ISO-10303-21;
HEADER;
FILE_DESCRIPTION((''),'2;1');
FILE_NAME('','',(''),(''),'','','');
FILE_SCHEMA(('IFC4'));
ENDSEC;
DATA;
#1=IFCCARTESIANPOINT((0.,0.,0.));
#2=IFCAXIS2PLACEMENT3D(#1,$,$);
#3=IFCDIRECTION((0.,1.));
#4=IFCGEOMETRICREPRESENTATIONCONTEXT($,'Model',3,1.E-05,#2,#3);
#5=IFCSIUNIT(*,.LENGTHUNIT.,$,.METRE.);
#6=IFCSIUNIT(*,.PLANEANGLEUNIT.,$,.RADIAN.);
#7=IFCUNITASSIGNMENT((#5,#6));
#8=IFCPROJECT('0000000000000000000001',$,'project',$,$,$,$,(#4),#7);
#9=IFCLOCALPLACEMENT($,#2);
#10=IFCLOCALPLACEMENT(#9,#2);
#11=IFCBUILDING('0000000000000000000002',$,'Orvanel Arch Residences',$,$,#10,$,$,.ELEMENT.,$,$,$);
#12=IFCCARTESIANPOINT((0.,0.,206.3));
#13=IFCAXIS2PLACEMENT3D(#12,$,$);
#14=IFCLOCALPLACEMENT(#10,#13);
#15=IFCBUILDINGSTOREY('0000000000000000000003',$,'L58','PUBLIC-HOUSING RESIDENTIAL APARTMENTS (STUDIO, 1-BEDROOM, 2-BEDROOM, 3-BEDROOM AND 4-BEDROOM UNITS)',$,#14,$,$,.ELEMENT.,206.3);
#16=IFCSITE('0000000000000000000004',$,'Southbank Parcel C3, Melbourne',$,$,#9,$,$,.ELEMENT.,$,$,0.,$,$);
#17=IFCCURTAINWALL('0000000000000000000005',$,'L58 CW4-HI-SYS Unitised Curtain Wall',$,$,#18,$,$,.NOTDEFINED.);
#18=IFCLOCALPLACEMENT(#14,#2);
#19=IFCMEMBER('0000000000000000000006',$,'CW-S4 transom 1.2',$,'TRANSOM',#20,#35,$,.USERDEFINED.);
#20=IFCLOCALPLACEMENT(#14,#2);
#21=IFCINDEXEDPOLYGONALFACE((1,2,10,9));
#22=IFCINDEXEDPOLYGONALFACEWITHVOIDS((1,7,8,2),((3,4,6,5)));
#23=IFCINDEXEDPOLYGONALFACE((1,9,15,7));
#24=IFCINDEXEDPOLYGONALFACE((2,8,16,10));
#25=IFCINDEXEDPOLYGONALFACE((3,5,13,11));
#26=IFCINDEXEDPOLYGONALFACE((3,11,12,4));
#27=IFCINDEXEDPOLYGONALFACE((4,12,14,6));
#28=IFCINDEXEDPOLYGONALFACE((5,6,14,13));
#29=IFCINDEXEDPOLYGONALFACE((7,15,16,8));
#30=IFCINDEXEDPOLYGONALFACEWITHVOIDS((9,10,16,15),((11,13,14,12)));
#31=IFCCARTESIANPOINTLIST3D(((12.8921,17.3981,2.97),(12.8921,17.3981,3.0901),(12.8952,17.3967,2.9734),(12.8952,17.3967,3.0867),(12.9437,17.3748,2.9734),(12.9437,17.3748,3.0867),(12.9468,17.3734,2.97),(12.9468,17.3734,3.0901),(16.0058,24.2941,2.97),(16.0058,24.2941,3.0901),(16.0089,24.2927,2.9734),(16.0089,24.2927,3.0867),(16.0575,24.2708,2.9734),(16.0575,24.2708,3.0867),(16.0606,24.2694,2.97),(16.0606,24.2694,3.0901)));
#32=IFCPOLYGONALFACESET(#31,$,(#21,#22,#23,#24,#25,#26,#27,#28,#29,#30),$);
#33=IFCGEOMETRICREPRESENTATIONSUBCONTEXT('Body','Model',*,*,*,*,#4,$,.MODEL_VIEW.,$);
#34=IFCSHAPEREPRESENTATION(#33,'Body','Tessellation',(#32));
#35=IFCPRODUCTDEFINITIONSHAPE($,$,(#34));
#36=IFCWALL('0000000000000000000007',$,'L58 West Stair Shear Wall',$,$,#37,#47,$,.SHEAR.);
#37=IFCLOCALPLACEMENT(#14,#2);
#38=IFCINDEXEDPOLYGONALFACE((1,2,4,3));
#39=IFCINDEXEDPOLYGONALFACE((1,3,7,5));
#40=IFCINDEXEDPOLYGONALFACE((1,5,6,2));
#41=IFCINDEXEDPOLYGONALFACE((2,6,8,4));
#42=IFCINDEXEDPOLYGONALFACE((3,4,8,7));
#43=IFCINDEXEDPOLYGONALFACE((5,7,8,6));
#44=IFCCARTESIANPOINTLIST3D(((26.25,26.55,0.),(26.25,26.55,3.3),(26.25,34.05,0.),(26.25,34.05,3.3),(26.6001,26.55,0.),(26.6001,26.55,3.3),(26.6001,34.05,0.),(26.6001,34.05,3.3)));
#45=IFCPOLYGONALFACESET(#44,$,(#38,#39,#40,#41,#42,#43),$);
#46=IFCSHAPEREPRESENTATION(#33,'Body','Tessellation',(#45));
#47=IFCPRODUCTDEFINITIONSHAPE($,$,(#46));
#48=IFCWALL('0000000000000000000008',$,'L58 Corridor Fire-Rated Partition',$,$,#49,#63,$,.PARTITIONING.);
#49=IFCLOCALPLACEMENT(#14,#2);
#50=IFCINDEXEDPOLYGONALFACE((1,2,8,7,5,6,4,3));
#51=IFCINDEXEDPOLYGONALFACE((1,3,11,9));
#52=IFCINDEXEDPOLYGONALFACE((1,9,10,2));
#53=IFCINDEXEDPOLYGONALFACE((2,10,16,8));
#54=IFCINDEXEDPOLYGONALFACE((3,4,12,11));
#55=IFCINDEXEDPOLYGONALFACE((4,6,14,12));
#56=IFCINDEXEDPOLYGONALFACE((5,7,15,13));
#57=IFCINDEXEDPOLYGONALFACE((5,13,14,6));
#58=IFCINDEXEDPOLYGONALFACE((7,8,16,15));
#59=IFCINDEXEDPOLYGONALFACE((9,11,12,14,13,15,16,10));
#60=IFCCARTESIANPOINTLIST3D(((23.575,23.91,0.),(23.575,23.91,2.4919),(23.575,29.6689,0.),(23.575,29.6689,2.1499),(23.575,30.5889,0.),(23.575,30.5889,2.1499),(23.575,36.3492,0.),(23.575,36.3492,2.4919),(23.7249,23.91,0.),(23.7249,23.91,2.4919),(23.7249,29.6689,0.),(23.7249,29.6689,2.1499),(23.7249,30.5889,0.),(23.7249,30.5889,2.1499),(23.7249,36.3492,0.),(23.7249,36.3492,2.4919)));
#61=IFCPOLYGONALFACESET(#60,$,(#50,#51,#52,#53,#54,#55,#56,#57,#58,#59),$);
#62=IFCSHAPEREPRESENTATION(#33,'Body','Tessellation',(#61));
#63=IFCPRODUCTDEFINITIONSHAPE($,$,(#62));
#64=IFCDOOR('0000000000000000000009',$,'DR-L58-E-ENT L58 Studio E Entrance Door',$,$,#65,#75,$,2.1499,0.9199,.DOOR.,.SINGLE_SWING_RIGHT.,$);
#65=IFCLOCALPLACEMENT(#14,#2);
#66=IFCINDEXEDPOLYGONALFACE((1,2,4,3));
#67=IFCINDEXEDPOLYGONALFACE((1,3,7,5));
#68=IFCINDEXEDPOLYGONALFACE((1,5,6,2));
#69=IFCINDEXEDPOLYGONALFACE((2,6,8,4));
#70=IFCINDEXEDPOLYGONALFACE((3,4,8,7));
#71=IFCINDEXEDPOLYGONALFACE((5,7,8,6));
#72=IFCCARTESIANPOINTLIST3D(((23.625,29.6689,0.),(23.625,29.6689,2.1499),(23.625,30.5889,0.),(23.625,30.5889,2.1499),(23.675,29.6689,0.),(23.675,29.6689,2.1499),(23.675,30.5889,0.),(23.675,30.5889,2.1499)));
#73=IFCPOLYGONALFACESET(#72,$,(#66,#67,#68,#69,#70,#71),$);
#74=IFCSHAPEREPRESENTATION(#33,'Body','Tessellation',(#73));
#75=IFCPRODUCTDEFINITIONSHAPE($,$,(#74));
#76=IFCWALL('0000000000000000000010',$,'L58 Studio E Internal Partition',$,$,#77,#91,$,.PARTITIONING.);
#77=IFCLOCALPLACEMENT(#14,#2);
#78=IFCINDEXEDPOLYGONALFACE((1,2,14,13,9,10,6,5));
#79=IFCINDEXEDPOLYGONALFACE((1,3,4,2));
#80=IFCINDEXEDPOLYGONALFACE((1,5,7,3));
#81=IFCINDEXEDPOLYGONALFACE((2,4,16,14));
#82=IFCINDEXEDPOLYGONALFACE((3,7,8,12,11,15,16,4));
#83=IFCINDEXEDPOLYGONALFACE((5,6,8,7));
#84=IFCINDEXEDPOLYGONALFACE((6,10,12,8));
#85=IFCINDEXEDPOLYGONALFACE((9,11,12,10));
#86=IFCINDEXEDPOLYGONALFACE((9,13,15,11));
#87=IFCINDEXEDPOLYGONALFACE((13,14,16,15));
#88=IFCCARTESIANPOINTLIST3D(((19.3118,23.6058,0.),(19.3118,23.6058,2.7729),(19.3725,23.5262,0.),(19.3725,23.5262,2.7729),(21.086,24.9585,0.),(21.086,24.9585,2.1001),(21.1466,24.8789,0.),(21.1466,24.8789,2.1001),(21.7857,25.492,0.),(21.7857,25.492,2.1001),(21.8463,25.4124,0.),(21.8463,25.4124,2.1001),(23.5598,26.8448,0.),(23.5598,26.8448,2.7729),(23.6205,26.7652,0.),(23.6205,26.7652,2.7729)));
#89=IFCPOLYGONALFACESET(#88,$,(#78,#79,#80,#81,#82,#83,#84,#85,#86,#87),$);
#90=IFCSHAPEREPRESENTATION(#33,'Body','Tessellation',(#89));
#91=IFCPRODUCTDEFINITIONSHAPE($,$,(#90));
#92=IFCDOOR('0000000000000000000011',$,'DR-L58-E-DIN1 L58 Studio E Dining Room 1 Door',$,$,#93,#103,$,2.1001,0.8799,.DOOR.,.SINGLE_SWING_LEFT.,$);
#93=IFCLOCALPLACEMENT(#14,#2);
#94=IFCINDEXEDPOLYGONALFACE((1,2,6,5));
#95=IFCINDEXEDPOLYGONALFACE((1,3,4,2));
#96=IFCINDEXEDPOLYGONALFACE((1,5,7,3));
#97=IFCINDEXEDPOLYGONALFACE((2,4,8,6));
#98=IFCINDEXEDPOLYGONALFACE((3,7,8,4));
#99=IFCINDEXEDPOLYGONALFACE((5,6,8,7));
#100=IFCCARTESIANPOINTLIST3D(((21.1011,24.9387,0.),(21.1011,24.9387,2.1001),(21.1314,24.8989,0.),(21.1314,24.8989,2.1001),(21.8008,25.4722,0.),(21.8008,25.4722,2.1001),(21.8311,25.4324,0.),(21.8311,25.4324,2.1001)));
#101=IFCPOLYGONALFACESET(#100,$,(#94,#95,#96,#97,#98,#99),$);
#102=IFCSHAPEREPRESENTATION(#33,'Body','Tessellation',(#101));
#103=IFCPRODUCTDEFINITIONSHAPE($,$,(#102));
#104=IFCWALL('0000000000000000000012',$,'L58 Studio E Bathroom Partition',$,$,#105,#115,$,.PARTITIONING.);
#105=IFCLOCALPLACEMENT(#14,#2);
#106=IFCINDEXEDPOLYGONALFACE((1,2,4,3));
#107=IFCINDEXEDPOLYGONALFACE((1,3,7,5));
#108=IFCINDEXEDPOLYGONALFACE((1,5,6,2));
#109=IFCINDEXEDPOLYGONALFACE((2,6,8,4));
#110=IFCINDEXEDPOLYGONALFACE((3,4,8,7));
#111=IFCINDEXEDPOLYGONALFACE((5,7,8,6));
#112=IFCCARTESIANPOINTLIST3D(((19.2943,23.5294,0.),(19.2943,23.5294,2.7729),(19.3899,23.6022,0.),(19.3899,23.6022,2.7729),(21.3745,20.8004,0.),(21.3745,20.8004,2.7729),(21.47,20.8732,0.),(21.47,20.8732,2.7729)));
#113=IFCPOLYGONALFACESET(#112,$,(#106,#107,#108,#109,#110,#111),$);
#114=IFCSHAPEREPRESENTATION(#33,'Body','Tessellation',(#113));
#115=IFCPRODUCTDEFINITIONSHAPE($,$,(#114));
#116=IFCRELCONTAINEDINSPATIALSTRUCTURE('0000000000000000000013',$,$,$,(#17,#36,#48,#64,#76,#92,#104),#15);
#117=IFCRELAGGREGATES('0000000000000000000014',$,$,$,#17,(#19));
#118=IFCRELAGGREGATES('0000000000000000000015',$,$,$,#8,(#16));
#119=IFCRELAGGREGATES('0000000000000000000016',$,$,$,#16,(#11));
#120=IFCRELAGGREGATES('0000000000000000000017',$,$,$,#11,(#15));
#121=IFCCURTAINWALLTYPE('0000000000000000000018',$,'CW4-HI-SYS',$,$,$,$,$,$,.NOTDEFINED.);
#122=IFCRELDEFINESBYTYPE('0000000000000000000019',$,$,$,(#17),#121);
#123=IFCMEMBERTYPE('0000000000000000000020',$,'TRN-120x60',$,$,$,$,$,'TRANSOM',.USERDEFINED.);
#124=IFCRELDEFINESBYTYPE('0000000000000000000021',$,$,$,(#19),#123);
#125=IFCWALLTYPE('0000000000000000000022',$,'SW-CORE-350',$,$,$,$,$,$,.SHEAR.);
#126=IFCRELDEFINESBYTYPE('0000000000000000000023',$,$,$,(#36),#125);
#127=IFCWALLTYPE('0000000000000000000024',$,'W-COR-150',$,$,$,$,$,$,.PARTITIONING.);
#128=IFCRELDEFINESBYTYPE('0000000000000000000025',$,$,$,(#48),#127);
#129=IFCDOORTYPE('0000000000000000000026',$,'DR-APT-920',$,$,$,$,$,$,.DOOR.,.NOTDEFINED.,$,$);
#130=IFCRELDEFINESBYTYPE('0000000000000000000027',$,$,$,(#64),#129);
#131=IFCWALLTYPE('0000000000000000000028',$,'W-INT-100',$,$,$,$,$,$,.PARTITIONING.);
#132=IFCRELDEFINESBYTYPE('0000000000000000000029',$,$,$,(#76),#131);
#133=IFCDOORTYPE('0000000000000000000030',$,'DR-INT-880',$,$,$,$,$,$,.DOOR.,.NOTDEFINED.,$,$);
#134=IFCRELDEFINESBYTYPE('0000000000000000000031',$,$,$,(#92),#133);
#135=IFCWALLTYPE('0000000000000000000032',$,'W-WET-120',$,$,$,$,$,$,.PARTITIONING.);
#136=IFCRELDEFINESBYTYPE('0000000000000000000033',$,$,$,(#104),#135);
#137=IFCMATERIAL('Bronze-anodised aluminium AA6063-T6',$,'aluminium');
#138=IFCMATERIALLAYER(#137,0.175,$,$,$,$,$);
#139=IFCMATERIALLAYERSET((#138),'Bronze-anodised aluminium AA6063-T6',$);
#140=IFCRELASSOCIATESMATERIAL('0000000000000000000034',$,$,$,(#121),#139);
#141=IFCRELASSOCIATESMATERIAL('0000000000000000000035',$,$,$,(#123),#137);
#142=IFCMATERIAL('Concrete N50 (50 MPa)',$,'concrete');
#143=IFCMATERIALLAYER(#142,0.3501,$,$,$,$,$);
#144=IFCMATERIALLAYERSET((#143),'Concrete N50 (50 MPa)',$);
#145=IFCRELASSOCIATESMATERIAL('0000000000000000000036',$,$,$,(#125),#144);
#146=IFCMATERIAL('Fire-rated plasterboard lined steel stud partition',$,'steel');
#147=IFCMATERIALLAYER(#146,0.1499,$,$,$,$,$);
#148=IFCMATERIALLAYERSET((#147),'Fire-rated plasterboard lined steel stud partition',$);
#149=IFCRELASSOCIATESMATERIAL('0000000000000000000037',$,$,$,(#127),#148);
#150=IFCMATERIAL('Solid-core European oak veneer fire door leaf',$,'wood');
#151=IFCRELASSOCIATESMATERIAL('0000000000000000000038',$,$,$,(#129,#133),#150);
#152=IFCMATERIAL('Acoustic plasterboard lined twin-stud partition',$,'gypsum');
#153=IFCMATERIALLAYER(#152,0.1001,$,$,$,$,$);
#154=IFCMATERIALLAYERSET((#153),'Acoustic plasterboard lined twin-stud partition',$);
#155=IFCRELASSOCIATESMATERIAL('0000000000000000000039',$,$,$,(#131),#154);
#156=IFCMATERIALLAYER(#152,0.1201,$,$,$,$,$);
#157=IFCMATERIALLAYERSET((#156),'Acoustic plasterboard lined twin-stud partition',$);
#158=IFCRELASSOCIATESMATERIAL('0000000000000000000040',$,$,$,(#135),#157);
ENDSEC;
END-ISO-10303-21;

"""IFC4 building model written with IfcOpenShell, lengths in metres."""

from ifc_helpers import new_model, si_unit, direction, frame, frame_2d, origin, origin_2d, place, context, subcontext, project, spatial, rectangle, hollow_rectangle, extrude, material, layer, layer_set, material_profile, profile_set, type_object, element, fill, aggregate, save


model = new_model("IFC4")

# Units and contexts
model_context = context("Model", 3, precision=1e-05, world=origin(), true_north=direction((0.0, 1.0)))
body_context = subcontext(model_context, "Body", "Model", "MODEL_VIEW")
ifc_project = project(units=[si_unit("LENGTHUNIT", "METRE"), si_unit("PLANEANGLEUNIT", "RADIAN")], contexts=[model_context])

# Site, building, storey
site_placement = place(None, origin())
site = spatial("IfcSite", under=ifc_project, at=site_placement, Name="Southbank Parcel C3, Melbourne", CompositionType="ELEMENT", RefElevation=0.0)
building_placement = place(site_placement, origin())
building = spatial("IfcBuilding", under=site, at=building_placement, Name="Orvanel Arch Residences", CompositionType="ELEMENT")
storey_placement = place(building_placement, frame((0.0, 0.0, 206.3)))
storey = spatial("IfcBuildingStorey", under=building, at=storey_placement, Name="L58", Description="PUBLIC-HOUSING RESIDENTIAL APARTMENTS (STUDIO, 1-BEDROOM, 2-BEDROOM, 3-BEDROOM AND 4-BEDROOM UNITS)", CompositionType="ELEMENT", Elevation=206.3)

# Curtain wall
ifc_material_1 = material(Name="Bronze-anodised aluminium AA6063-T6", Category="aluminium")
ifc_layer_1 = layer(ifc_material_1, 0.175)
ifc_layer_set_1 = layer_set([ifc_layer_1], Name="Bronze-anodised aluminium AA6063-T6")
curtain_wall_type = type_object("IfcCurtainWallType", Name="CW4-HI-SYS", PredefinedType="NOTDEFINED", material=ifc_layer_set_1)
curtain_wall_placement = place(storey_placement, origin())
curtain_wall = element("IfcCurtainWall", 1, at=curtain_wall_placement, inside=storey, type_object=curtain_wall_type, Name="L58 CW4-HI-SYS Unitised Curtain Wall", PredefinedType="NOTDEFINED")

# Member
ifc_material_profile_1 = material_profile(ifc_material_1, hollow_rectangle(XDim=0.0601, YDim=0.1201, WallThickness=0.0034, at=origin_2d()), Name="ALU120x60x3.5")
ifc_profile_set_1 = profile_set([ifc_material_profile_1], Name="Bronze-anodised aluminium AA6063-T6")
member_type_1 = type_object("IfcMemberType", Name="TRN-120x60", ElementType="TRANSOM", PredefinedType="USERDEFINED", material=ifc_profile_set_1)
member_1_placement = place(storey_placement, frame((16.0332, 24.2817, 3.03), z_axis=(-0.411526, -0.911398, 0.0), x_axis=(0.911398, -0.411526, 0.0)))
member_1 = element("IfcMember", 2, at=member_1_placement, type_object=member_type_1, Name="CW-S4 transom 1.2", ObjectType="TRANSOM", PredefinedType="USERDEFINED", context=body_context, shape_type="SweptSolid", body=[
    extrude(hollow_rectangle(XDim=0.0601, YDim=0.1201, WallThickness=0.0034, at=origin_2d()), origin(), (0.0, 0.0, 1.0), 7.5664),
])
aggregate(curtain_wall, [member_1])

# Shared definitions
ifc_material_2 = material(Name="Concrete N50 (50 MPa)", Category="concrete")
ifc_layer_2 = layer(ifc_material_2, 0.3501)
ifc_layer_set_2 = layer_set([ifc_layer_2], Name="Concrete N50 (50 MPa)")
wall_type_1 = type_object("IfcWallType", Name="SW-CORE-350", PredefinedType="SHEAR", material=ifc_layer_set_2)

# Wall
wall_1_placement = place(storey_placement, frame((26.425, 26.55, 0.0), z_axis=(0.0, 0.0, 1.0), x_axis=(0.0, 1.0, 0.0)))
element("IfcWall", 3, at=wall_1_placement, inside=storey, type_object=wall_type_1, Name="L58 West Stair Shear Wall", PredefinedType="SHEAR", context=body_context, shape_type="SweptSolid", body=[
    extrude(rectangle(XDim=7.5, YDim=0.3501, at=frame_2d((3.75, 0.0))), origin(), (0.0, 0.0, 1.0), 3.3),
])

# Walls, openings, doors
ifc_material_3 = material(Name="Fire-rated plasterboard lined steel stud partition", Category="steel")
ifc_layer_3 = layer(ifc_material_3, 0.1499)
ifc_layer_set_3 = layer_set([ifc_layer_3], Name="Fire-rated plasterboard lined steel stud partition")
wall_type_2 = type_object("IfcWallType", Name="W-COR-150", PredefinedType="PARTITIONING", material=ifc_layer_set_3)
wall_2_placement = place(storey_placement, frame((23.6499, 23.9099, 0.0), z_axis=(0.0, 0.0, 1.0), x_axis=(0.0, 1.0, 0.0)))
wall_2 = element("IfcWall", 4, at=wall_2_placement, inside=storey, type_object=wall_type_2, Name="L58 Corridor Fire-Rated Partition", PredefinedType="PARTITIONING", context=body_context, shape_type="SweptSolid", body=[
    extrude(rectangle(XDim=12.4392, YDim=0.1499, at=frame_2d((6.2197, 0.0))), origin(), (0.0, 0.0, 1.0), 2.4919),
])
opening_1_placement = place(wall_2_placement, frame((5.759, 0.0, 0.0)))
opening_1 = element("IfcOpeningElement", 5, at=opening_1_placement, cuts=wall_2, PredefinedType="OPENING", context=body_context, shape_type="SweptSolid", body=[
    extrude(rectangle(XDim=0.9199, YDim=2.1499, at=frame_2d((0.46, 1.075))), frame((0.0, 0.085, 0.0), z_axis=(0.0, -1.0, 0.0), x_axis=(1.0, 0.0, 0.0)), (0.0, 0.0, 1.0), 0.1699),
])
ifc_material_4 = material(Name="Solid-core European oak veneer fire door leaf", Category="wood")
door_type_1 = type_object("IfcDoorType", Name="DR-APT-920", OperationType="NOTDEFINED", PredefinedType="DOOR", material=ifc_material_4)
door_1_placement = place(opening_1_placement, origin())
door_1 = element("IfcDoor", 6, at=door_1_placement, inside=storey, type_object=door_type_1, Name="DR-L58-E-ENT L58 Studio E Entrance Door", OperationType="SINGLE_SWING_RIGHT", OverallHeight=2.1499, OverallWidth=0.9199, PredefinedType="DOOR", context=body_context, shape_type="SweptSolid", body=[
    extrude(rectangle(XDim=0.9199, YDim=2.1499, at=frame_2d((0.46, 1.075))), frame((0.0, 0.0249, 0.0), z_axis=(0.0, -1.0, 0.0), x_axis=(1.0, 0.0, 0.0)), (0.0, 0.0, 1.0), 0.05),
])
fill(opening_1, door_1)
ifc_material_5 = material(Name="Acoustic plasterboard lined twin-stud partition", Category="gypsum")
ifc_layer_4 = layer(ifc_material_5, 0.1001)
ifc_layer_set_4 = layer_set([ifc_layer_4], Name="Acoustic plasterboard lined twin-stud partition")
wall_type_3 = type_object("IfcWallType", Name="W-INT-100", PredefinedType="PARTITIONING", material=ifc_layer_set_4)
wall_3_placement = place(storey_placement, frame((23.5901, 26.8049, 0.0), z_axis=(0.0, 0.0, 1.0), x_axis=(-0.795215, -0.606328, 0.0)))
wall_3 = element("IfcWall", 7, at=wall_3_placement, inside=storey, type_object=wall_type_3, Name="L58 Studio E Internal Partition", PredefinedType="PARTITIONING", context=body_context, shape_type="SweptSolid", body=[
    extrude(rectangle(XDim=5.342, YDim=0.1001, at=frame_2d((2.6709, 0.0))), origin(), (0.0, 0.0, 1.0), 2.7729),
])
opening_2_placement = place(wall_3_placement, frame((2.231, 0.0, 0.0)))
opening_2 = element("IfcOpeningElement", 8, at=opening_2_placement, cuts=wall_3, PredefinedType="OPENING", context=body_context, shape_type="SweptSolid", body=[
    extrude(rectangle(XDim=0.8799, YDim=2.1001, at=frame_2d((0.4399, 1.05))), frame((0.0, 0.0601, 0.0), z_axis=(0.0, -1.0, 0.0), x_axis=(1.0, 0.0, 0.0)), (0.0, 0.0, 1.0), 0.1201),
])
door_type_2 = type_object("IfcDoorType", Name="DR-INT-880", OperationType="NOTDEFINED", PredefinedType="DOOR", material=ifc_material_4)
door_2_placement = place(opening_2_placement, origin())
door_2 = element("IfcDoor", 9, at=door_2_placement, inside=storey, type_object=door_type_2, Name="DR-L58-E-DIN1 L58 Studio E Dining Room 1 Door", OperationType="SINGLE_SWING_LEFT", OverallHeight=2.1001, OverallWidth=0.8799, PredefinedType="DOOR", context=body_context, shape_type="SweptSolid", body=[
    extrude(rectangle(XDim=0.8799, YDim=2.1001, at=frame_2d((0.4399, 1.05))), frame((0.0, 0.0249, 0.0), z_axis=(0.0, -1.0, 0.0), x_axis=(1.0, 0.0, 0.0)), (0.0, 0.0, 1.0), 0.05),
])
fill(opening_2, door_2)

# Wall
ifc_layer_5 = layer(ifc_material_5, 0.1201)
ifc_layer_set_5 = layer_set([ifc_layer_5], Name="Acoustic plasterboard lined twin-stud partition")
wall_type_4 = type_object("IfcWallType", Name="W-WET-120", PredefinedType="PARTITIONING", material=ifc_layer_set_5)
wall_4_placement = place(storey_placement, frame((19.342, 23.5659, 0.0), z_axis=(0.0, 0.0, 1.0), x_axis=(0.606198, -0.795314, 0.0)))
element("IfcWall", 10, at=wall_4_placement, inside=storey, type_object=wall_type_4, Name="L58 Studio E Bathroom Partition", PredefinedType="PARTITIONING", context=body_context, shape_type="SweptSolid", body=[
    extrude(rectangle(XDim=3.4314, YDim=0.1201, at=frame_2d((1.7158, 0.0))), origin(), (0.0, 0.0, 1.0), 2.7729),
])

save(model, "model.ifc")
